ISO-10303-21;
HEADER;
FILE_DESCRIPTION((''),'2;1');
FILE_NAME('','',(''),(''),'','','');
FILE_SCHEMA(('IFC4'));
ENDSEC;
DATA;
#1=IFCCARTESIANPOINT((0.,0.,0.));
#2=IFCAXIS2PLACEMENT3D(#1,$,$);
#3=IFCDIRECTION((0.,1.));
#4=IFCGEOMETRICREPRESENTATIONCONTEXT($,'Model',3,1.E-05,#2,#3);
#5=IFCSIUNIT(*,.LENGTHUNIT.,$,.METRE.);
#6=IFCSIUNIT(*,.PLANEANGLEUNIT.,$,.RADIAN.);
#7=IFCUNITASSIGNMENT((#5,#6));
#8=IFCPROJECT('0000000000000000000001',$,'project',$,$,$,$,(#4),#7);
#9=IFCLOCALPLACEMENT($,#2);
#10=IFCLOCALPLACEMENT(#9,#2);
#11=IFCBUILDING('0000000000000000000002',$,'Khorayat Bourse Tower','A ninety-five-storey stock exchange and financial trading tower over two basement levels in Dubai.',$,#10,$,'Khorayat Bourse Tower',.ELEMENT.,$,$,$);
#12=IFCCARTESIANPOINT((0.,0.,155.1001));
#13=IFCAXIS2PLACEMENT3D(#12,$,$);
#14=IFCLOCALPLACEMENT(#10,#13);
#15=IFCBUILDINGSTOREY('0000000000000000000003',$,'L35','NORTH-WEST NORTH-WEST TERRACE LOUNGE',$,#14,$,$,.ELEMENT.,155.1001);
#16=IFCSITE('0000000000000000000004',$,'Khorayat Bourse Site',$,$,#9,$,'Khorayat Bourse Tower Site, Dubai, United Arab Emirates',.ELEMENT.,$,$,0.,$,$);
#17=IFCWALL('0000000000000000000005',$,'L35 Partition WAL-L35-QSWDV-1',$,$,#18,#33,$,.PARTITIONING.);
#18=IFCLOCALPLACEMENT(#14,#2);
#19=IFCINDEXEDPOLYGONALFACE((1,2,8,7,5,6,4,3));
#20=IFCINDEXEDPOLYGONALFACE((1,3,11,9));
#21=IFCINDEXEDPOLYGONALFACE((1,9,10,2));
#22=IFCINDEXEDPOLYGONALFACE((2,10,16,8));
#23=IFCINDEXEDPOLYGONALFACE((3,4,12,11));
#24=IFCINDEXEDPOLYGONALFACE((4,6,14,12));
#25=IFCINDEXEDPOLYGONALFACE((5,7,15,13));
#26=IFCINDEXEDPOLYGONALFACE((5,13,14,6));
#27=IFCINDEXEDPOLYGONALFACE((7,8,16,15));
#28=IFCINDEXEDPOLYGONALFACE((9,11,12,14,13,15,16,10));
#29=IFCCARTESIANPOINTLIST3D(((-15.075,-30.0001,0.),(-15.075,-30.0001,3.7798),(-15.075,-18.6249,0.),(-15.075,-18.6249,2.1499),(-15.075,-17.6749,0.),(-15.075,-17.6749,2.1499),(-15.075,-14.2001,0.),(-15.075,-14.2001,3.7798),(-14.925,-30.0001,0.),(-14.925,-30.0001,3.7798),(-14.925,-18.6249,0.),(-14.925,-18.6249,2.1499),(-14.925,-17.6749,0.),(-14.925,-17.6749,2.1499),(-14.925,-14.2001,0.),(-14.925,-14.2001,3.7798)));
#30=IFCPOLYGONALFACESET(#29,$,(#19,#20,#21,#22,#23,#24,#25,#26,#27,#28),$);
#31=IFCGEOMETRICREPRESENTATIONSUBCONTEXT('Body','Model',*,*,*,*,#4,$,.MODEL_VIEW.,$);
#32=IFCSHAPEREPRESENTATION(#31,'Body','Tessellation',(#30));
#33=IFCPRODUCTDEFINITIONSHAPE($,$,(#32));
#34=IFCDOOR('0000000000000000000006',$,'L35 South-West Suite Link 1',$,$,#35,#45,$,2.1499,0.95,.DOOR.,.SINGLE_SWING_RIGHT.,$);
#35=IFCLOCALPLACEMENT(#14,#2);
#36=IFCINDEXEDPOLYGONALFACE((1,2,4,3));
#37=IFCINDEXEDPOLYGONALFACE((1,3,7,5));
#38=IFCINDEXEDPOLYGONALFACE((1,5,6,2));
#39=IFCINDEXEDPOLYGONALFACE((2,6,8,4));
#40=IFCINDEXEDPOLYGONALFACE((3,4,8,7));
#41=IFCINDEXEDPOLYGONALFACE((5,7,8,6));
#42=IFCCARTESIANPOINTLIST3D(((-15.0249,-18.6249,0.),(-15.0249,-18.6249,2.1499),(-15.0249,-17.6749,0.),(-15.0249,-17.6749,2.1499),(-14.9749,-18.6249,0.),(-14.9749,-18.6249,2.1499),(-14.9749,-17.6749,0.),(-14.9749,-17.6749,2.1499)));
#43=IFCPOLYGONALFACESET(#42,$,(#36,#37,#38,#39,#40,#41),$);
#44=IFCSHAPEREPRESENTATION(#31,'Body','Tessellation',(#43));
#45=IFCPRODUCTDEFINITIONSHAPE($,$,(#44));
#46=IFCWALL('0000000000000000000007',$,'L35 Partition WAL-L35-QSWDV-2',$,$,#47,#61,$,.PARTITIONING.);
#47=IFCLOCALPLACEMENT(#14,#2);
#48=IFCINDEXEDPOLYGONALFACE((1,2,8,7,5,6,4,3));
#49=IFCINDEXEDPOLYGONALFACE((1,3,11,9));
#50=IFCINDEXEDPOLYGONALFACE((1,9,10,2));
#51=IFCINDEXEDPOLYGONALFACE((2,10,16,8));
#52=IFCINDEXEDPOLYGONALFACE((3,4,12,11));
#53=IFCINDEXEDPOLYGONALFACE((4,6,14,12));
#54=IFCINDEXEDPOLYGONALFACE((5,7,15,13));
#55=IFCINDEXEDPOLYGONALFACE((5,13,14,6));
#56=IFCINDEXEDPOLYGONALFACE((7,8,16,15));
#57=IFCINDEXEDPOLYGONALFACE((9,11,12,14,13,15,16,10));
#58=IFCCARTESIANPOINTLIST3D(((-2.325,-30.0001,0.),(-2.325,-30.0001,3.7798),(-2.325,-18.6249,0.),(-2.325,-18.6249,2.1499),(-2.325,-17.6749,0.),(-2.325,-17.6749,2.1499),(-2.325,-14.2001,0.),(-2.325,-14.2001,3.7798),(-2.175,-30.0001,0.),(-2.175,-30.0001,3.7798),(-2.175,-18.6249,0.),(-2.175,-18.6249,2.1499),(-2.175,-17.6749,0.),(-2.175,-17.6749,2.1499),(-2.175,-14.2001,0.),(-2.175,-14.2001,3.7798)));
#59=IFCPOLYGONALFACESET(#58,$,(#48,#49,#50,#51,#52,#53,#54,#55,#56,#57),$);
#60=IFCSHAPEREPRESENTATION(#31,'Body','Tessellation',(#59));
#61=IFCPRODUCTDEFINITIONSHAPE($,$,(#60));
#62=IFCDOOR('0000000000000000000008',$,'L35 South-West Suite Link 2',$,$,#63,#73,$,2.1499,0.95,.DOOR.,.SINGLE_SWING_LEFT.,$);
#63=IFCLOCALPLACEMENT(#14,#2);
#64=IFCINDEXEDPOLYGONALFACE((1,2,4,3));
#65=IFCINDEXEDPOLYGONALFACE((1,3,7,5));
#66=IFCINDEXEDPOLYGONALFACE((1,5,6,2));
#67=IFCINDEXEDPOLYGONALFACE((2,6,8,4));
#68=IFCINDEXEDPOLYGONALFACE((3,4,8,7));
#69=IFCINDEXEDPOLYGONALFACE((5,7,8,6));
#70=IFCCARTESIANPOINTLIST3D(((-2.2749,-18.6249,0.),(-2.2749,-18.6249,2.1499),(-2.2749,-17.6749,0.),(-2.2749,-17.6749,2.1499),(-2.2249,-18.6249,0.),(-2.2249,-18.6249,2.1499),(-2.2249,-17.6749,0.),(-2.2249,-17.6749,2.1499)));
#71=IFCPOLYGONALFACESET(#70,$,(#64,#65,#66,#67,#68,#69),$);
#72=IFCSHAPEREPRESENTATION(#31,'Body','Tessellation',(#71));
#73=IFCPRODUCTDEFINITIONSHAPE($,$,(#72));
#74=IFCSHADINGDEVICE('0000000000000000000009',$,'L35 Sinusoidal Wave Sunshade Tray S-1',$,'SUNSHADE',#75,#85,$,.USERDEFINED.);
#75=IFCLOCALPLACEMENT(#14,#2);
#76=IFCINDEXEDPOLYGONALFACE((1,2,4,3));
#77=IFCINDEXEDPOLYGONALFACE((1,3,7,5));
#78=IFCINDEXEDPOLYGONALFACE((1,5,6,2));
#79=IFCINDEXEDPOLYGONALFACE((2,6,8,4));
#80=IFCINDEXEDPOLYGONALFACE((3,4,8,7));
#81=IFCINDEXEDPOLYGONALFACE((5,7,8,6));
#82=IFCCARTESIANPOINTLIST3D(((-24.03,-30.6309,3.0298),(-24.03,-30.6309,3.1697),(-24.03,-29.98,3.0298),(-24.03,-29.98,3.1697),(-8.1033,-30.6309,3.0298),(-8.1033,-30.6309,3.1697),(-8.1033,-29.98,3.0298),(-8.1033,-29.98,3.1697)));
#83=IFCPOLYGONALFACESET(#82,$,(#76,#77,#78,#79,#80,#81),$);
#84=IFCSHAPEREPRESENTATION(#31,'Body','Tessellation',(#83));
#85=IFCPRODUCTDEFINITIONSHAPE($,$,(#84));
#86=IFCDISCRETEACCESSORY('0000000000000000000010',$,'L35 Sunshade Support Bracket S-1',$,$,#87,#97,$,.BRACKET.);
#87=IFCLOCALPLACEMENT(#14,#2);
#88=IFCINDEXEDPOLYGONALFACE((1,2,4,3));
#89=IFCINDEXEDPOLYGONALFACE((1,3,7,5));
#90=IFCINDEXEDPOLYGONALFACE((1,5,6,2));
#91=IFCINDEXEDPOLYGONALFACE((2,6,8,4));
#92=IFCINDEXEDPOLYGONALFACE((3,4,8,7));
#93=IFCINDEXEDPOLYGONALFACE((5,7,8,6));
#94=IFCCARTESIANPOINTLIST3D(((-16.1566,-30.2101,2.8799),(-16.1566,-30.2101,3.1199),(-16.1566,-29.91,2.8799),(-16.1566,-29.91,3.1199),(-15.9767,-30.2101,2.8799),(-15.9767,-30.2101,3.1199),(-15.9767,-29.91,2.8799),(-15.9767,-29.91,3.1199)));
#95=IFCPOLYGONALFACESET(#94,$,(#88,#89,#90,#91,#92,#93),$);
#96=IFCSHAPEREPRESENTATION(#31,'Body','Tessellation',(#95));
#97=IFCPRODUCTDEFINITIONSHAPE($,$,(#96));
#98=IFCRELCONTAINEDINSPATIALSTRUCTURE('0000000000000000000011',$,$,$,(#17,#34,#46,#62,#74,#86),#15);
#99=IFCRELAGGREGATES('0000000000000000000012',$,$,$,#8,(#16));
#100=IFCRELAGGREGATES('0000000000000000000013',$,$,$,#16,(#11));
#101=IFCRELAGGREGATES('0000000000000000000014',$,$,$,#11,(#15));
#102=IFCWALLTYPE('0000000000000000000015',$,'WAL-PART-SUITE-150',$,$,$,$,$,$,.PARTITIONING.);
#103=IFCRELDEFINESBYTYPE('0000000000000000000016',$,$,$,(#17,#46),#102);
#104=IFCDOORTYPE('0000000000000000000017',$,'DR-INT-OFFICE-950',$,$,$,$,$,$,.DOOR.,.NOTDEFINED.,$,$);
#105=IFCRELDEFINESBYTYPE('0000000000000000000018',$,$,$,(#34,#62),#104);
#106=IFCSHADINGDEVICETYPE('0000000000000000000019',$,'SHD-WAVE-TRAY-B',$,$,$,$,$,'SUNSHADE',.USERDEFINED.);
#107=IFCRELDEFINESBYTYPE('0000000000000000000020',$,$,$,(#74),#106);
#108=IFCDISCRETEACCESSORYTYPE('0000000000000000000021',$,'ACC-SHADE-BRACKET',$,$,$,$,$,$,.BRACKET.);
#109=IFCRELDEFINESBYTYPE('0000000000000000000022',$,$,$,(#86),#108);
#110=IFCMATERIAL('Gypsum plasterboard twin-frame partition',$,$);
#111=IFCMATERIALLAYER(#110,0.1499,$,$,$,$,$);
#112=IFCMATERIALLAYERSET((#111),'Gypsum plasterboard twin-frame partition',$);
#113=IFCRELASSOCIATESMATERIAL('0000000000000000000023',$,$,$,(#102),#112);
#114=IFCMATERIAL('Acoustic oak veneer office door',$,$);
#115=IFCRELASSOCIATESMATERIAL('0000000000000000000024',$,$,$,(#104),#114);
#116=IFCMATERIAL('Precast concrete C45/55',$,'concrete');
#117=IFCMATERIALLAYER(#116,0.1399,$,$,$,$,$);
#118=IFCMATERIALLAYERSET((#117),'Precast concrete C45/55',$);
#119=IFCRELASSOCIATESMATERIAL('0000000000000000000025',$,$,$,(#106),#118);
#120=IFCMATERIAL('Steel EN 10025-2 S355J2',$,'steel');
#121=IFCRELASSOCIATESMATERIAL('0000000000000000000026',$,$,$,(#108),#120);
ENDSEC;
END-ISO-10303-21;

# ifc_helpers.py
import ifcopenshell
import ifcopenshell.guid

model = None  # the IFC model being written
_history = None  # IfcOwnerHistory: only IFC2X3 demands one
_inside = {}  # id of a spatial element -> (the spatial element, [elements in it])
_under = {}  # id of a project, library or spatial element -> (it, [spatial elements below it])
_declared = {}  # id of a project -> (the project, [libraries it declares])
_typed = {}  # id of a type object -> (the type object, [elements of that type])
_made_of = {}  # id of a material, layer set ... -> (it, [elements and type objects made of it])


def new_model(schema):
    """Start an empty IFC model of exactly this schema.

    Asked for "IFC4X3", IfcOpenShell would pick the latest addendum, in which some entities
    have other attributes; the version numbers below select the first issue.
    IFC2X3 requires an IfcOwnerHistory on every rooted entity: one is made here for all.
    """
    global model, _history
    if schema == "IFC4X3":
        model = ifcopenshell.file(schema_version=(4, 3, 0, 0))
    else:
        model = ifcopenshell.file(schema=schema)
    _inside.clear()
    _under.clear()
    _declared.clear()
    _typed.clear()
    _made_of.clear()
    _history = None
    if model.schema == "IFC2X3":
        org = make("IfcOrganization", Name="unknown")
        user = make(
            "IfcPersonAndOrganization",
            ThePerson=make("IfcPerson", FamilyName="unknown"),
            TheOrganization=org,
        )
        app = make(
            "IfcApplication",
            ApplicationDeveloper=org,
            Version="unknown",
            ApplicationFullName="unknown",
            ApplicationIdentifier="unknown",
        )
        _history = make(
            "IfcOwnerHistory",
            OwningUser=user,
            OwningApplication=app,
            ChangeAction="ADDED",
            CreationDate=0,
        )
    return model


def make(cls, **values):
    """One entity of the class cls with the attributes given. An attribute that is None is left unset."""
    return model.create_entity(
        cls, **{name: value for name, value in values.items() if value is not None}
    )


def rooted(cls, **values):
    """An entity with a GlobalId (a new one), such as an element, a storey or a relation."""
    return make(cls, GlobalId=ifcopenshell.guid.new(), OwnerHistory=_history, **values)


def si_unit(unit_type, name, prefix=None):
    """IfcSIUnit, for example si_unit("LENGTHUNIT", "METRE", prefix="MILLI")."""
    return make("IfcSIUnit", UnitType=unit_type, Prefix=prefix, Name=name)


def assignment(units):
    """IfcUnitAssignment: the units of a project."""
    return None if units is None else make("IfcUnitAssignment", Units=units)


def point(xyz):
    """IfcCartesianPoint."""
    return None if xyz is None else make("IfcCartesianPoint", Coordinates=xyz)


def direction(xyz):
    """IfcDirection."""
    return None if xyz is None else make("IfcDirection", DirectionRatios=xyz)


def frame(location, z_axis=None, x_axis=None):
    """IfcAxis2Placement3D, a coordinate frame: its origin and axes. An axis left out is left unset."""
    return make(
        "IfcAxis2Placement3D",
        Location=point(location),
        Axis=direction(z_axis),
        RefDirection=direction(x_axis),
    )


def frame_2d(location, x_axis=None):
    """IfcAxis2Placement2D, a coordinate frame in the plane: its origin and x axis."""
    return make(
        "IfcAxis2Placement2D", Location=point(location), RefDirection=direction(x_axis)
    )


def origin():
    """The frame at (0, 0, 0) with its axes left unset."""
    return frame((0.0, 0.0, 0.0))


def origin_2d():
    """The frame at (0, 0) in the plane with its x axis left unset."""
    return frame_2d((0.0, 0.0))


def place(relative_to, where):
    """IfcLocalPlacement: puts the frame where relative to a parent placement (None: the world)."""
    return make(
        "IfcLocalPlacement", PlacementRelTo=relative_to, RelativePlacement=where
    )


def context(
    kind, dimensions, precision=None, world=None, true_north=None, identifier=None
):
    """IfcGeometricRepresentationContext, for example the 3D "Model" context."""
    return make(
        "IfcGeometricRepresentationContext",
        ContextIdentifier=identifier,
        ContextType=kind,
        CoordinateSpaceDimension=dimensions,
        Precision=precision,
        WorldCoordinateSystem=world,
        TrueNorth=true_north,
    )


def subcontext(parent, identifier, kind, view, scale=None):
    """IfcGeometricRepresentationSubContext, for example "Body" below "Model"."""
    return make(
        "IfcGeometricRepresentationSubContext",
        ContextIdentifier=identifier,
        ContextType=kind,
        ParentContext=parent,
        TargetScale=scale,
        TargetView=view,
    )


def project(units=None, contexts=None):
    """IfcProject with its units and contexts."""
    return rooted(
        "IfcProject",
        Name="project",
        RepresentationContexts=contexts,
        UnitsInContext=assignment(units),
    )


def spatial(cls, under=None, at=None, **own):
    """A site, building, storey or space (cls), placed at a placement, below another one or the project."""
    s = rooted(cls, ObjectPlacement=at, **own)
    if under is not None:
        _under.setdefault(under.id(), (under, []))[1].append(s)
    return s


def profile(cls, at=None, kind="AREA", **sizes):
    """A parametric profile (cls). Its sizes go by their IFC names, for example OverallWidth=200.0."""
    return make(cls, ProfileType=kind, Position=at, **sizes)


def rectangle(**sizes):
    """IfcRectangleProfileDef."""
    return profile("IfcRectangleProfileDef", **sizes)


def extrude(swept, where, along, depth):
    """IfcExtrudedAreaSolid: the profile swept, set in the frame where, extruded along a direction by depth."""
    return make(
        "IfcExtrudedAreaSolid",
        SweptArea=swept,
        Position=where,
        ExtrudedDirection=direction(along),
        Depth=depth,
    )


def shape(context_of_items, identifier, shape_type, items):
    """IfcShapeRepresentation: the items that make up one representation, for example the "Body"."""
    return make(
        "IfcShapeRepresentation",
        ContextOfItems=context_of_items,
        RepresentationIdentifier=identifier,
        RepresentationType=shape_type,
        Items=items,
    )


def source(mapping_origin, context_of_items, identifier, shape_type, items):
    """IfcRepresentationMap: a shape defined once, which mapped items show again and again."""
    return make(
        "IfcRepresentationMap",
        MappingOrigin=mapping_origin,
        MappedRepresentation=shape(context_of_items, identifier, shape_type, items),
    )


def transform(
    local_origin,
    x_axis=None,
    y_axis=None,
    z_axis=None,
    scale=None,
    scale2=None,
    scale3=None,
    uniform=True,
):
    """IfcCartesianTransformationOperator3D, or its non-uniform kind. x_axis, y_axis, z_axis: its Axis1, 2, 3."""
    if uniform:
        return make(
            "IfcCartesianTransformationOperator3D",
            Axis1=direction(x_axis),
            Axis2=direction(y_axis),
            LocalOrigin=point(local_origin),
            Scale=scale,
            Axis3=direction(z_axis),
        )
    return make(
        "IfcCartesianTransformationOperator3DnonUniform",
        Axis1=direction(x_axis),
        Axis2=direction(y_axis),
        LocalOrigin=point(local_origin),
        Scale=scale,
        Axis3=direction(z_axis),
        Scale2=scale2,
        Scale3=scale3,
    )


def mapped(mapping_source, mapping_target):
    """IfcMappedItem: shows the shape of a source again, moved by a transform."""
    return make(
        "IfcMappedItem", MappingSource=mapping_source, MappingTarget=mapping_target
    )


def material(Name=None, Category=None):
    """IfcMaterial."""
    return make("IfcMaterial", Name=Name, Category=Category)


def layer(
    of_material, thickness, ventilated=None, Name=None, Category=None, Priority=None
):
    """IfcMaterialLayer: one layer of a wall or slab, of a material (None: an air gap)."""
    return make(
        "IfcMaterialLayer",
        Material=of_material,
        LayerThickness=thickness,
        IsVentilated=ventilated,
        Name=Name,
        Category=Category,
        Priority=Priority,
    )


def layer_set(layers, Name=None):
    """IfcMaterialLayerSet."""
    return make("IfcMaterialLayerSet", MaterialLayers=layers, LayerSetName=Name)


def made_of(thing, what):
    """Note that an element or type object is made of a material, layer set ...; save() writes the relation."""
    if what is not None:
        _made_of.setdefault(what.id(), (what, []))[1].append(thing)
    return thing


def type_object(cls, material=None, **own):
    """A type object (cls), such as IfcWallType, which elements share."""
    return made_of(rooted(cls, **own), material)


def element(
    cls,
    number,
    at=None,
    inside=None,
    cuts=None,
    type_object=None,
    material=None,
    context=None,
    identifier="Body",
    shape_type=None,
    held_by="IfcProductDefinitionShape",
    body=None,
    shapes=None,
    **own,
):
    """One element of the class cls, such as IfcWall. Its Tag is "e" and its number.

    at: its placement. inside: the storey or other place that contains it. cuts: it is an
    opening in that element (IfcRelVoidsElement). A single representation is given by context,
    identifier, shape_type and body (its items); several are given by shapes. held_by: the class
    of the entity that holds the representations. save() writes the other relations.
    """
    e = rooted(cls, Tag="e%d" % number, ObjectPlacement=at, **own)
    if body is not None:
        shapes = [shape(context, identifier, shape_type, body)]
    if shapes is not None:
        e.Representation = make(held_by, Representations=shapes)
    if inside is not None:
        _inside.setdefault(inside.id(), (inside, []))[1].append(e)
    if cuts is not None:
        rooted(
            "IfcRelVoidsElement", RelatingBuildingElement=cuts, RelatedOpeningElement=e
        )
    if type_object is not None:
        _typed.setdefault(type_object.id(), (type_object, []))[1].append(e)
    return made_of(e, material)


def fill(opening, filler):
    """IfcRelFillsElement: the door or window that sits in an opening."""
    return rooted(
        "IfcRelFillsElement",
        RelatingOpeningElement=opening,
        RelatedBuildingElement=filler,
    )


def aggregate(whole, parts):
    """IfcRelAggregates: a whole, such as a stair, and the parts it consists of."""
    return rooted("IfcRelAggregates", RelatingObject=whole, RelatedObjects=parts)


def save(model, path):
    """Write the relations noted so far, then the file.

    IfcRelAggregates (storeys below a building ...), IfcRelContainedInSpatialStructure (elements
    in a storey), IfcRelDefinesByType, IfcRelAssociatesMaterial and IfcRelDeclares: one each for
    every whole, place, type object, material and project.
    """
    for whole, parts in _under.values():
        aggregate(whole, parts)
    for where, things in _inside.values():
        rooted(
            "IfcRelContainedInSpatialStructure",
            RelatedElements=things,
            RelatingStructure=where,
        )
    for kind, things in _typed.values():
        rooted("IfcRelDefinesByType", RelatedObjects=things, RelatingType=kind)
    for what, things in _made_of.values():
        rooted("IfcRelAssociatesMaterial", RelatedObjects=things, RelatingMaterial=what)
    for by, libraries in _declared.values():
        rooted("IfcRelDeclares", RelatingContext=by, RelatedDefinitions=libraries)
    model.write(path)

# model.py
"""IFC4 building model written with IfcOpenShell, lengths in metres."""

from ifc_helpers import new_model, si_unit, direction, frame, frame_2d, origin, origin_2d, place, context, subcontext, project, spatial, rectangle, extrude, source, transform, mapped, material, layer, layer_set, type_object, element, fill, save


model = new_model("IFC4")

# Units and contexts
model_context = context("Model", 3, precision=1e-05, world=origin(), true_north=direction((0.0, 1.0)))
body_context = subcontext(model_context, "Body", "Model", "MODEL_VIEW")
ifc_project = project(units=[si_unit("LENGTHUNIT", "METRE"), si_unit("PLANEANGLEUNIT", "RADIAN")], contexts=[model_context])

# Site, building, storey
site_placement = place(None, origin())
site = spatial("IfcSite", under=ifc_project, at=site_placement, Name="Khorayat Bourse Site", LongName="Khorayat Bourse Tower Site, Dubai, United Arab Emirates", CompositionType="ELEMENT", RefElevation=0.0)
building_placement = place(site_placement, origin())
building = spatial("IfcBuilding", under=site, at=building_placement, Name="Khorayat Bourse Tower", Description="A ninety-five-storey stock exchange and financial trading tower over two basement levels in Dubai.", LongName="Khorayat Bourse Tower", CompositionType="ELEMENT")
storey_placement = place(building_placement, frame((0.0, 0.0, 155.1001)))
storey = spatial("IfcBuildingStorey", under=building, at=storey_placement, Name="L35", Description="NORTH-WEST NORTH-WEST TERRACE LOUNGE", CompositionType="ELEMENT", Elevation=155.1001)

# Shared definitions
ifc_material_1 = material(Name="Steel EN 10025-2 S355J2", Category="steel")

# Walls, openings, doors
ifc_material_2 = material(Name="Precast concrete C45/55", Category="concrete")
ifc_material_3 = material(Name="Gypsum plasterboard twin-frame partition")
ifc_layer_1 = layer(ifc_material_3, 0.1499)
ifc_layer_set_1 = layer_set([ifc_layer_1], Name="Gypsum plasterboard twin-frame partition")
wall_type_1 = type_object("IfcWallType", Name="WAL-PART-SUITE-150", PredefinedType="PARTITIONING", material=ifc_layer_set_1)
shared_shape_1 = source(origin(), body_context, "Body", "SweptSolid", [
    extrude(rectangle(XDim=15.8, YDim=0.1499, at=frame_2d((7.8999, 0.0))), origin(), (0.0, 0.0, 1.0), 3.7798),
])
wall_1_placement = place(storey_placement, frame((-15.0, -30.0, 0.0), z_axis=(0.0, 0.0, 1.0), x_axis=(0.0, 1.0, 0.0)))
wall_1 = element("IfcWall", 1, at=wall_1_placement, inside=storey, type_object=wall_type_1, Name="L35 Partition WAL-L35-QSWDV-1", PredefinedType="PARTITIONING", context=body_context, shape_type="MappedRepresentation", body=[
    mapped(shared_shape_1, transform((0.0, 0.0, 0.0), scale=1.0)),
])
shared_shape_2 = source(origin(), body_context, "Body", "SweptSolid", [
    extrude(rectangle(XDim=0.95, YDim=2.1499, at=frame_2d((0.4751, 1.075))), frame((0.0, 0.085, 0.0), z_axis=(0.0, -1.0, 0.0), x_axis=(1.0, 0.0, 0.0)), (0.0, 0.0, 1.0), 0.1699),
])
opening_1_placement = place(wall_1_placement, frame((11.375, 0.0, 0.0)))
opening_1 = element("IfcOpeningElement", 2, at=opening_1_placement, cuts=wall_1, PredefinedType="OPENING", context=body_context, shape_type="MappedRepresentation", body=[
    mapped(shared_shape_2, transform((0.0, 0.0, 0.0), scale=1.0)),
])
ifc_material_4 = material(Name="Acoustic oak veneer office door")
door_type_1 = type_object("IfcDoorType", Name="DR-INT-OFFICE-950", OperationType="NOTDEFINED", PredefinedType="DOOR", material=ifc_material_4)
shared_shape_3 = source(origin(), body_context, "Body", "SweptSolid", [
    extrude(rectangle(XDim=0.95, YDim=2.1499, at=frame_2d((0.4751, 1.075))), frame((0.0, 0.0249, 0.0), z_axis=(0.0, -1.0, 0.0), x_axis=(1.0, 0.0, 0.0)), (0.0, 0.0, 1.0), 0.05),
])
door_1_placement = place(opening_1_placement, origin())
door_1 = element("IfcDoor", 3, at=door_1_placement, inside=storey, type_object=door_type_1, Name="L35 South-West Suite Link 1", OperationType="SINGLE_SWING_RIGHT", OverallHeight=2.1499, OverallWidth=0.95, PredefinedType="DOOR", context=body_context, shape_type="MappedRepresentation", body=[
    mapped(shared_shape_3, transform((0.0, 0.0, 0.0), scale=1.0)),
])
fill(opening_1, door_1)
wall_2_placement = place(storey_placement, frame((-2.25, -30.0, 0.0), z_axis=(0.0, 0.0, 1.0), x_axis=(0.0, 1.0, 0.0)))
wall_2 = element("IfcWall", 4, at=wall_2_placement, inside=storey, type_object=wall_type_1, Name="L35 Partition WAL-L35-QSWDV-2", PredefinedType="PARTITIONING", context=body_context, shape_type="MappedRepresentation", body=[
    mapped(shared_shape_1, transform((0.0, 0.0, 0.0), scale=1.0)),
])
opening_2_placement = place(wall_2_placement, frame((11.375, 0.0, 0.0)))
opening_2 = element("IfcOpeningElement", 5, at=opening_2_placement, cuts=wall_2, PredefinedType="OPENING", context=body_context, shape_type="MappedRepresentation", body=[
    mapped(shared_shape_2, transform((0.0, 0.0, 0.0), scale=1.0)),
])
door_2_placement = place(opening_2_placement, origin())
door_2 = element("IfcDoor", 6, at=door_2_placement, inside=storey, type_object=door_type_1, Name="L35 South-West Suite Link 2", OperationType="SINGLE_SWING_LEFT", OverallHeight=2.1499, OverallWidth=0.95, PredefinedType="DOOR", context=body_context, shape_type="MappedRepresentation", body=[
    mapped(shared_shape_3, transform((0.0, 0.0, 0.0), scale=1.0)),
])
fill(opening_2, door_2)

# Shading device
ifc_layer_2 = layer(ifc_material_2, 0.1399)
ifc_layer_set_2 = layer_set([ifc_layer_2], Name="Precast concrete C45/55")
shading_device_type = type_object("IfcShadingDeviceType", Name="SHD-WAVE-TRAY-B", ElementType="SUNSHADE", PredefinedType="USERDEFINED", material=ifc_layer_set_2)
shared_shape_4 = source(origin(), body_context, "Body", "SweptSolid", [
    extrude(rectangle(XDim=15.9268, YDim=0.6509, at=origin_2d()), origin(), (0.0, 0.0, 1.0), 0.1399),
])
shading_device_placement = place(storey_placement, frame((-16.0667, -30.3054, 3.0298), z_axis=(0.0, 0.0, 1.0), x_axis=(1.0, 0.0, 0.0)))
element("IfcShadingDevice", 7, at=shading_device_placement, inside=storey, type_object=shading_device_type, Name="L35 Sinusoidal Wave Sunshade Tray S-1", ObjectType="SUNSHADE", PredefinedType="USERDEFINED", context=body_context, shape_type="MappedRepresentation", body=[
    mapped(shared_shape_4, transform((0.0, 0.0, 0.0), scale=1.0)),
])

# Discrete accessory
discrete_accessory_type = type_object("IfcDiscreteAccessoryType", Name="ACC-SHADE-BRACKET", PredefinedType="BRACKET", material=ifc_material_1)
shared_shape_5 = source(origin(), body_context, "Body", "SweptSolid", [
    extrude(rectangle(XDim=0.1799, YDim=0.3, at=origin_2d()), origin(), (0.0, 0.0, 1.0), 0.24),
])
discrete_accessory_placement = place(storey_placement, frame((-16.0667, -30.0601, 2.8799), z_axis=(0.0, 0.0, 1.0), x_axis=(1.0, 0.0, 0.0)))
element("IfcDiscreteAccessory", 8, at=discrete_accessory_placement, inside=storey, type_object=discrete_accessory_type, Name="L35 Sunshade Support Bracket S-1", PredefinedType="BRACKET", context=body_context, shape_type="MappedRepresentation", body=[
    mapped(shared_shape_5, transform((0.0, 0.0, 0.0), scale=1.0)),
])

save(model, "model.ifc")
